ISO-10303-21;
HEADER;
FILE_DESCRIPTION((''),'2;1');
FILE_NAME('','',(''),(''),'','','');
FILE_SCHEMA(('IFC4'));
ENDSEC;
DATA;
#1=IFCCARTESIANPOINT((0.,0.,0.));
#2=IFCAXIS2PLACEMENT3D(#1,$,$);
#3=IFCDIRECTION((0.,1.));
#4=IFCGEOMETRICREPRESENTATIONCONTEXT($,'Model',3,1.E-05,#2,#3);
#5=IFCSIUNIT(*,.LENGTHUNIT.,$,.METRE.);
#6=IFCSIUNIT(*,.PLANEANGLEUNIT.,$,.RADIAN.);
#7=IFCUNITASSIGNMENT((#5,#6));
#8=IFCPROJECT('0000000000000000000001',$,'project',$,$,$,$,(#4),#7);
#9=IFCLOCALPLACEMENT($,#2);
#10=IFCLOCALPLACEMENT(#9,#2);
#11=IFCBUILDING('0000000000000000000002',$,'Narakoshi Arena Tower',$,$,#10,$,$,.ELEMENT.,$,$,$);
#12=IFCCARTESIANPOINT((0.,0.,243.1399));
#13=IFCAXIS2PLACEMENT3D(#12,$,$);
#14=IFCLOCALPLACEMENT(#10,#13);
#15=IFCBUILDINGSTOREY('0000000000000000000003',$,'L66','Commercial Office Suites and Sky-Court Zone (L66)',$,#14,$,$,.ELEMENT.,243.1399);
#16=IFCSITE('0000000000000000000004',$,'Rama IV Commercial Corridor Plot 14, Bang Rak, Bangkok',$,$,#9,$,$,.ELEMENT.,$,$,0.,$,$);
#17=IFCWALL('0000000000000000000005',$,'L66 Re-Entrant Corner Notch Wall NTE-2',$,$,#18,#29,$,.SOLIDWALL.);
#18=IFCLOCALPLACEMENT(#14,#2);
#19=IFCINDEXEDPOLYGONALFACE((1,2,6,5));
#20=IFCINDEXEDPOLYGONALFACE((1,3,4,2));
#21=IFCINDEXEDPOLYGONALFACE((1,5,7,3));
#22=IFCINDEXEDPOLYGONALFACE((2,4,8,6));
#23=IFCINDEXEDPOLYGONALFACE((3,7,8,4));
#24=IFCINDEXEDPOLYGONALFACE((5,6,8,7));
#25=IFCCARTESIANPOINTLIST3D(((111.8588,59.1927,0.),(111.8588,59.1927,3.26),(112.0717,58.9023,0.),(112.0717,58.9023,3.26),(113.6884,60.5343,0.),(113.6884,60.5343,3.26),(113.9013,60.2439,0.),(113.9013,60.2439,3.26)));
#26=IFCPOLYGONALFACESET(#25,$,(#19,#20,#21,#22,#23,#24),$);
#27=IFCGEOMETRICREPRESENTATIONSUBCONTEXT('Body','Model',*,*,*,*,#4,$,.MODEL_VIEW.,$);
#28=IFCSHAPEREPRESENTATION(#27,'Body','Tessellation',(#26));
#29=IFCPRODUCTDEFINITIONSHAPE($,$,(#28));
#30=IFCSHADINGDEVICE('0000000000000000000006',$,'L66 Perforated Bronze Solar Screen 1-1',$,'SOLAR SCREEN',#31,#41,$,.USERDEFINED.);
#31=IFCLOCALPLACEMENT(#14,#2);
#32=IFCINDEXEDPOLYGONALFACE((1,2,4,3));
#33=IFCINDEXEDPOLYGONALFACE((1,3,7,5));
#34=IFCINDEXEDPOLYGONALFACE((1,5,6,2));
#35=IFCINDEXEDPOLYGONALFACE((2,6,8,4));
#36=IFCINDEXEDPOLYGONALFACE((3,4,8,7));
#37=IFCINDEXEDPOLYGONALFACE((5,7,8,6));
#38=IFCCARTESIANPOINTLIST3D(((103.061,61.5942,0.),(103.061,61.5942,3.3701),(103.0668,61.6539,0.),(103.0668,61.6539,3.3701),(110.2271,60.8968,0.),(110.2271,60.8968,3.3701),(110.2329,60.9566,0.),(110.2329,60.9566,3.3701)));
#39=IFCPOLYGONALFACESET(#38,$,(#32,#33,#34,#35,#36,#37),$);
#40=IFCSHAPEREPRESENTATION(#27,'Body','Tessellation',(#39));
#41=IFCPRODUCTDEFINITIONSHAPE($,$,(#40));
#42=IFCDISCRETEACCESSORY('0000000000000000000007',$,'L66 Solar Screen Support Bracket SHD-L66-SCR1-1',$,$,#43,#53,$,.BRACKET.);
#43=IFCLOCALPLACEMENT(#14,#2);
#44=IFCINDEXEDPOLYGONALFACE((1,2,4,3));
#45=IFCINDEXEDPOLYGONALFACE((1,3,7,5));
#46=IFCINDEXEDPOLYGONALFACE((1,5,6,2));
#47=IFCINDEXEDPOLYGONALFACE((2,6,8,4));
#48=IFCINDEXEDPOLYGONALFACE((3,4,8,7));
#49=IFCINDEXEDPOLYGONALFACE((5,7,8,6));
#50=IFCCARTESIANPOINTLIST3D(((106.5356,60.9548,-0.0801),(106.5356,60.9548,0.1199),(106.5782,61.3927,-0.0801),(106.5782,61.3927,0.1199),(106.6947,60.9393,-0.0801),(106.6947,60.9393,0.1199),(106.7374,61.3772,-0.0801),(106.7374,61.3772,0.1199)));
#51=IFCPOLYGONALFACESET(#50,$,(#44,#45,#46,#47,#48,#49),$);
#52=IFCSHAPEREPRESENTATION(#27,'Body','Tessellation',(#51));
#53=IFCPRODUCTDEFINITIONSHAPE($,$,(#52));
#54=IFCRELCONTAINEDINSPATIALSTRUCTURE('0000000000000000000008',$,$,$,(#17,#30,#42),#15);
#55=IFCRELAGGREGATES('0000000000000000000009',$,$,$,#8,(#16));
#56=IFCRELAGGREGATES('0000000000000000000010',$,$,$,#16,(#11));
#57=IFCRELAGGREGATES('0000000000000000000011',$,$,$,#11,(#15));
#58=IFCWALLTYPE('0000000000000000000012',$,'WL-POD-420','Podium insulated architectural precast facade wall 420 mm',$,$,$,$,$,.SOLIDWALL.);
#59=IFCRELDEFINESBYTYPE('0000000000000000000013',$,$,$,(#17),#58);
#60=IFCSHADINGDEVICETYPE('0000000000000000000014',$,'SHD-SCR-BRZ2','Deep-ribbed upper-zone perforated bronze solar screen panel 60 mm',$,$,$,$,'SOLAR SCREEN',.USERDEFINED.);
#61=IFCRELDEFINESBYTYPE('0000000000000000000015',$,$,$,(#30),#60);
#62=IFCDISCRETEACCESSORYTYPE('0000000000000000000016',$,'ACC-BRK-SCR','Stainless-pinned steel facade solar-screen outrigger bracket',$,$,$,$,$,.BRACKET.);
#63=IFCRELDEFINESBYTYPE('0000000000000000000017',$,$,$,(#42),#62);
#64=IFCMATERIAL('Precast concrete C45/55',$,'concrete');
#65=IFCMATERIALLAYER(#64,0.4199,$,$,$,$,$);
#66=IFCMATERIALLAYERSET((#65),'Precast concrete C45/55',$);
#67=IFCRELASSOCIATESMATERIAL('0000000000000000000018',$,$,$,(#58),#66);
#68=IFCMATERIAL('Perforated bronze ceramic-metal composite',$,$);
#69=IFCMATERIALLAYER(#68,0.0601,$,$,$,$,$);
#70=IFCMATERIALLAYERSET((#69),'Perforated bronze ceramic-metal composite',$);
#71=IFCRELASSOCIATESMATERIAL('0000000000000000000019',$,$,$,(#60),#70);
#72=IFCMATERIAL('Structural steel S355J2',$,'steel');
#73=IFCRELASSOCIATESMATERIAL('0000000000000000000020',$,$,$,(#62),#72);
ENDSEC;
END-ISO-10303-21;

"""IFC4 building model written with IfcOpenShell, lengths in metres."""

from ifc_helpers import new_model, si_unit, direction, frame, frame_2d, origin, origin_2d, place, context, subcontext, project, spatial, rectangle, extrude, material, layer, layer_set, type_object, element, save


model = new_model("IFC4")

# Units and contexts
model_context = context("Model", 3, precision=1e-05, world=origin(), true_north=direction((0.0, 1.0)))
body_context = subcontext(model_context, "Body", "Model", "MODEL_VIEW")
ifc_project = project(units=[si_unit("LENGTHUNIT", "METRE"), si_unit("PLANEANGLEUNIT", "RADIAN")], contexts=[model_context])

# Site, building, storey
site_placement = place(None, origin())
site = spatial("IfcSite", under=ifc_project, at=site_placement, Name="Rama IV Commercial Corridor Plot 14, Bang Rak, Bangkok", CompositionType="ELEMENT", RefElevation=0.0)
building_placement = place(site_placement, origin())
building = spatial("IfcBuilding", under=site, at=building_placement, Name="Narakoshi Arena Tower", CompositionType="ELEMENT")
storey_placement = place(building_placement, frame((0.0, 0.0, 243.1399)))
storey = spatial("IfcBuildingStorey", under=building, at=storey_placement, Name="L66", Description="Commercial Office Suites and Sky-Court Zone (L66)", CompositionType="ELEMENT", Elevation=243.1399)

# Shared definitions
ifc_material_1 = material(Name="Structural steel S355J2", Category="steel")

# Shared definitions
ifc_material_2 = material(Name="Precast concrete C45/55", Category="concrete")

# Shared definitions
ifc_layer_1 = layer(ifc_material_2, 0.4199)
ifc_layer_set_1 = layer_set([ifc_layer_1], Name="Precast concrete C45/55")
wall_type_1 = type_object("IfcWallType", Name="WL-POD-420", Description="Podium insulated architectural precast facade wall 420 mm", PredefinedType="SOLIDWALL", material=ifc_layer_set_1)

# Wall
wall_1_placement = place(storey_placement, frame((111.9653, 59.0476, 0.0), z_axis=(0.0, 0.0, 1.0), x_axis=(0.806436, 0.591322, 0.0)))
element("IfcWall", 1, at=wall_1_placement, inside=storey, type_object=wall_type_1, Name="L66 Re-Entrant Corner Notch Wall NTE-2", PredefinedType="SOLIDWALL", context=body_context, shape_type="SweptSolid", body=[
    extrude(rectangle(XDim=2.2688, YDim=0.3601, at=frame_2d((1.1343, 0.0))), origin(), (0.0, 0.0, 1.0), 3.26),
])

# Shading device
ifc_material_3 = material(Name="Perforated bronze ceramic-metal composite")
ifc_layer_2 = layer(ifc_material_3, 0.0601)
ifc_layer_set_2 = layer_set([ifc_layer_2], Name="Perforated bronze ceramic-metal composite")
shading_device_type = type_object("IfcShadingDeviceType", Name="SHD-SCR-BRZ2", Description="Deep-ribbed upper-zone perforated bronze solar screen panel 60 mm", ElementType="SOLAR SCREEN", PredefinedType="USERDEFINED", material=ifc_layer_set_2)
shading_device_placement = place(storey_placement, frame((106.647, 61.2754, 0.0), z_axis=(0.0, 0.0, 1.0), x_axis=(-0.995299, 0.096853, 0.0)))
element("IfcShadingDevice", 2, at=shading_device_placement, inside=storey, type_object=shading_device_type, Name="L66 Perforated Bronze Solar Screen 1-1", ObjectType="SOLAR SCREEN", PredefinedType="USERDEFINED", context=body_context, shape_type="SweptSolid", body=[
    extrude(rectangle(XDim=7.2, YDim=0.0601, at=origin_2d()), origin(), (0.0, 0.0, 1.0), 3.3701),
])

# Discrete accessory
discrete_accessory_type = type_object("IfcDiscreteAccessoryType", Name="ACC-BRK-SCR", Description="Stainless-pinned steel facade solar-screen outrigger bracket", PredefinedType="BRACKET", material=ifc_material_1)
discrete_accessory_placement = place(storey_placement, frame((106.6365, 61.166, -0.0801), z_axis=(0.0, 0.0, 1.0), x_axis=(-0.995299, 0.096853, 0.0)))
element("IfcDiscreteAccessory", 3, at=discrete_accessory_placement, inside=storey, type_object=discrete_accessory_type, Name="L66 Solar Screen Support Bracket SHD-L66-SCR1-1", PredefinedType="BRACKET", context=body_context, shape_type="SweptSolid", body=[
    extrude(rectangle(XDim=0.1599, YDim=0.4399, at=origin_2d()), origin(), (0.0, 0.0, 1.0), 0.2),
])

save(model, "model.ifc")
